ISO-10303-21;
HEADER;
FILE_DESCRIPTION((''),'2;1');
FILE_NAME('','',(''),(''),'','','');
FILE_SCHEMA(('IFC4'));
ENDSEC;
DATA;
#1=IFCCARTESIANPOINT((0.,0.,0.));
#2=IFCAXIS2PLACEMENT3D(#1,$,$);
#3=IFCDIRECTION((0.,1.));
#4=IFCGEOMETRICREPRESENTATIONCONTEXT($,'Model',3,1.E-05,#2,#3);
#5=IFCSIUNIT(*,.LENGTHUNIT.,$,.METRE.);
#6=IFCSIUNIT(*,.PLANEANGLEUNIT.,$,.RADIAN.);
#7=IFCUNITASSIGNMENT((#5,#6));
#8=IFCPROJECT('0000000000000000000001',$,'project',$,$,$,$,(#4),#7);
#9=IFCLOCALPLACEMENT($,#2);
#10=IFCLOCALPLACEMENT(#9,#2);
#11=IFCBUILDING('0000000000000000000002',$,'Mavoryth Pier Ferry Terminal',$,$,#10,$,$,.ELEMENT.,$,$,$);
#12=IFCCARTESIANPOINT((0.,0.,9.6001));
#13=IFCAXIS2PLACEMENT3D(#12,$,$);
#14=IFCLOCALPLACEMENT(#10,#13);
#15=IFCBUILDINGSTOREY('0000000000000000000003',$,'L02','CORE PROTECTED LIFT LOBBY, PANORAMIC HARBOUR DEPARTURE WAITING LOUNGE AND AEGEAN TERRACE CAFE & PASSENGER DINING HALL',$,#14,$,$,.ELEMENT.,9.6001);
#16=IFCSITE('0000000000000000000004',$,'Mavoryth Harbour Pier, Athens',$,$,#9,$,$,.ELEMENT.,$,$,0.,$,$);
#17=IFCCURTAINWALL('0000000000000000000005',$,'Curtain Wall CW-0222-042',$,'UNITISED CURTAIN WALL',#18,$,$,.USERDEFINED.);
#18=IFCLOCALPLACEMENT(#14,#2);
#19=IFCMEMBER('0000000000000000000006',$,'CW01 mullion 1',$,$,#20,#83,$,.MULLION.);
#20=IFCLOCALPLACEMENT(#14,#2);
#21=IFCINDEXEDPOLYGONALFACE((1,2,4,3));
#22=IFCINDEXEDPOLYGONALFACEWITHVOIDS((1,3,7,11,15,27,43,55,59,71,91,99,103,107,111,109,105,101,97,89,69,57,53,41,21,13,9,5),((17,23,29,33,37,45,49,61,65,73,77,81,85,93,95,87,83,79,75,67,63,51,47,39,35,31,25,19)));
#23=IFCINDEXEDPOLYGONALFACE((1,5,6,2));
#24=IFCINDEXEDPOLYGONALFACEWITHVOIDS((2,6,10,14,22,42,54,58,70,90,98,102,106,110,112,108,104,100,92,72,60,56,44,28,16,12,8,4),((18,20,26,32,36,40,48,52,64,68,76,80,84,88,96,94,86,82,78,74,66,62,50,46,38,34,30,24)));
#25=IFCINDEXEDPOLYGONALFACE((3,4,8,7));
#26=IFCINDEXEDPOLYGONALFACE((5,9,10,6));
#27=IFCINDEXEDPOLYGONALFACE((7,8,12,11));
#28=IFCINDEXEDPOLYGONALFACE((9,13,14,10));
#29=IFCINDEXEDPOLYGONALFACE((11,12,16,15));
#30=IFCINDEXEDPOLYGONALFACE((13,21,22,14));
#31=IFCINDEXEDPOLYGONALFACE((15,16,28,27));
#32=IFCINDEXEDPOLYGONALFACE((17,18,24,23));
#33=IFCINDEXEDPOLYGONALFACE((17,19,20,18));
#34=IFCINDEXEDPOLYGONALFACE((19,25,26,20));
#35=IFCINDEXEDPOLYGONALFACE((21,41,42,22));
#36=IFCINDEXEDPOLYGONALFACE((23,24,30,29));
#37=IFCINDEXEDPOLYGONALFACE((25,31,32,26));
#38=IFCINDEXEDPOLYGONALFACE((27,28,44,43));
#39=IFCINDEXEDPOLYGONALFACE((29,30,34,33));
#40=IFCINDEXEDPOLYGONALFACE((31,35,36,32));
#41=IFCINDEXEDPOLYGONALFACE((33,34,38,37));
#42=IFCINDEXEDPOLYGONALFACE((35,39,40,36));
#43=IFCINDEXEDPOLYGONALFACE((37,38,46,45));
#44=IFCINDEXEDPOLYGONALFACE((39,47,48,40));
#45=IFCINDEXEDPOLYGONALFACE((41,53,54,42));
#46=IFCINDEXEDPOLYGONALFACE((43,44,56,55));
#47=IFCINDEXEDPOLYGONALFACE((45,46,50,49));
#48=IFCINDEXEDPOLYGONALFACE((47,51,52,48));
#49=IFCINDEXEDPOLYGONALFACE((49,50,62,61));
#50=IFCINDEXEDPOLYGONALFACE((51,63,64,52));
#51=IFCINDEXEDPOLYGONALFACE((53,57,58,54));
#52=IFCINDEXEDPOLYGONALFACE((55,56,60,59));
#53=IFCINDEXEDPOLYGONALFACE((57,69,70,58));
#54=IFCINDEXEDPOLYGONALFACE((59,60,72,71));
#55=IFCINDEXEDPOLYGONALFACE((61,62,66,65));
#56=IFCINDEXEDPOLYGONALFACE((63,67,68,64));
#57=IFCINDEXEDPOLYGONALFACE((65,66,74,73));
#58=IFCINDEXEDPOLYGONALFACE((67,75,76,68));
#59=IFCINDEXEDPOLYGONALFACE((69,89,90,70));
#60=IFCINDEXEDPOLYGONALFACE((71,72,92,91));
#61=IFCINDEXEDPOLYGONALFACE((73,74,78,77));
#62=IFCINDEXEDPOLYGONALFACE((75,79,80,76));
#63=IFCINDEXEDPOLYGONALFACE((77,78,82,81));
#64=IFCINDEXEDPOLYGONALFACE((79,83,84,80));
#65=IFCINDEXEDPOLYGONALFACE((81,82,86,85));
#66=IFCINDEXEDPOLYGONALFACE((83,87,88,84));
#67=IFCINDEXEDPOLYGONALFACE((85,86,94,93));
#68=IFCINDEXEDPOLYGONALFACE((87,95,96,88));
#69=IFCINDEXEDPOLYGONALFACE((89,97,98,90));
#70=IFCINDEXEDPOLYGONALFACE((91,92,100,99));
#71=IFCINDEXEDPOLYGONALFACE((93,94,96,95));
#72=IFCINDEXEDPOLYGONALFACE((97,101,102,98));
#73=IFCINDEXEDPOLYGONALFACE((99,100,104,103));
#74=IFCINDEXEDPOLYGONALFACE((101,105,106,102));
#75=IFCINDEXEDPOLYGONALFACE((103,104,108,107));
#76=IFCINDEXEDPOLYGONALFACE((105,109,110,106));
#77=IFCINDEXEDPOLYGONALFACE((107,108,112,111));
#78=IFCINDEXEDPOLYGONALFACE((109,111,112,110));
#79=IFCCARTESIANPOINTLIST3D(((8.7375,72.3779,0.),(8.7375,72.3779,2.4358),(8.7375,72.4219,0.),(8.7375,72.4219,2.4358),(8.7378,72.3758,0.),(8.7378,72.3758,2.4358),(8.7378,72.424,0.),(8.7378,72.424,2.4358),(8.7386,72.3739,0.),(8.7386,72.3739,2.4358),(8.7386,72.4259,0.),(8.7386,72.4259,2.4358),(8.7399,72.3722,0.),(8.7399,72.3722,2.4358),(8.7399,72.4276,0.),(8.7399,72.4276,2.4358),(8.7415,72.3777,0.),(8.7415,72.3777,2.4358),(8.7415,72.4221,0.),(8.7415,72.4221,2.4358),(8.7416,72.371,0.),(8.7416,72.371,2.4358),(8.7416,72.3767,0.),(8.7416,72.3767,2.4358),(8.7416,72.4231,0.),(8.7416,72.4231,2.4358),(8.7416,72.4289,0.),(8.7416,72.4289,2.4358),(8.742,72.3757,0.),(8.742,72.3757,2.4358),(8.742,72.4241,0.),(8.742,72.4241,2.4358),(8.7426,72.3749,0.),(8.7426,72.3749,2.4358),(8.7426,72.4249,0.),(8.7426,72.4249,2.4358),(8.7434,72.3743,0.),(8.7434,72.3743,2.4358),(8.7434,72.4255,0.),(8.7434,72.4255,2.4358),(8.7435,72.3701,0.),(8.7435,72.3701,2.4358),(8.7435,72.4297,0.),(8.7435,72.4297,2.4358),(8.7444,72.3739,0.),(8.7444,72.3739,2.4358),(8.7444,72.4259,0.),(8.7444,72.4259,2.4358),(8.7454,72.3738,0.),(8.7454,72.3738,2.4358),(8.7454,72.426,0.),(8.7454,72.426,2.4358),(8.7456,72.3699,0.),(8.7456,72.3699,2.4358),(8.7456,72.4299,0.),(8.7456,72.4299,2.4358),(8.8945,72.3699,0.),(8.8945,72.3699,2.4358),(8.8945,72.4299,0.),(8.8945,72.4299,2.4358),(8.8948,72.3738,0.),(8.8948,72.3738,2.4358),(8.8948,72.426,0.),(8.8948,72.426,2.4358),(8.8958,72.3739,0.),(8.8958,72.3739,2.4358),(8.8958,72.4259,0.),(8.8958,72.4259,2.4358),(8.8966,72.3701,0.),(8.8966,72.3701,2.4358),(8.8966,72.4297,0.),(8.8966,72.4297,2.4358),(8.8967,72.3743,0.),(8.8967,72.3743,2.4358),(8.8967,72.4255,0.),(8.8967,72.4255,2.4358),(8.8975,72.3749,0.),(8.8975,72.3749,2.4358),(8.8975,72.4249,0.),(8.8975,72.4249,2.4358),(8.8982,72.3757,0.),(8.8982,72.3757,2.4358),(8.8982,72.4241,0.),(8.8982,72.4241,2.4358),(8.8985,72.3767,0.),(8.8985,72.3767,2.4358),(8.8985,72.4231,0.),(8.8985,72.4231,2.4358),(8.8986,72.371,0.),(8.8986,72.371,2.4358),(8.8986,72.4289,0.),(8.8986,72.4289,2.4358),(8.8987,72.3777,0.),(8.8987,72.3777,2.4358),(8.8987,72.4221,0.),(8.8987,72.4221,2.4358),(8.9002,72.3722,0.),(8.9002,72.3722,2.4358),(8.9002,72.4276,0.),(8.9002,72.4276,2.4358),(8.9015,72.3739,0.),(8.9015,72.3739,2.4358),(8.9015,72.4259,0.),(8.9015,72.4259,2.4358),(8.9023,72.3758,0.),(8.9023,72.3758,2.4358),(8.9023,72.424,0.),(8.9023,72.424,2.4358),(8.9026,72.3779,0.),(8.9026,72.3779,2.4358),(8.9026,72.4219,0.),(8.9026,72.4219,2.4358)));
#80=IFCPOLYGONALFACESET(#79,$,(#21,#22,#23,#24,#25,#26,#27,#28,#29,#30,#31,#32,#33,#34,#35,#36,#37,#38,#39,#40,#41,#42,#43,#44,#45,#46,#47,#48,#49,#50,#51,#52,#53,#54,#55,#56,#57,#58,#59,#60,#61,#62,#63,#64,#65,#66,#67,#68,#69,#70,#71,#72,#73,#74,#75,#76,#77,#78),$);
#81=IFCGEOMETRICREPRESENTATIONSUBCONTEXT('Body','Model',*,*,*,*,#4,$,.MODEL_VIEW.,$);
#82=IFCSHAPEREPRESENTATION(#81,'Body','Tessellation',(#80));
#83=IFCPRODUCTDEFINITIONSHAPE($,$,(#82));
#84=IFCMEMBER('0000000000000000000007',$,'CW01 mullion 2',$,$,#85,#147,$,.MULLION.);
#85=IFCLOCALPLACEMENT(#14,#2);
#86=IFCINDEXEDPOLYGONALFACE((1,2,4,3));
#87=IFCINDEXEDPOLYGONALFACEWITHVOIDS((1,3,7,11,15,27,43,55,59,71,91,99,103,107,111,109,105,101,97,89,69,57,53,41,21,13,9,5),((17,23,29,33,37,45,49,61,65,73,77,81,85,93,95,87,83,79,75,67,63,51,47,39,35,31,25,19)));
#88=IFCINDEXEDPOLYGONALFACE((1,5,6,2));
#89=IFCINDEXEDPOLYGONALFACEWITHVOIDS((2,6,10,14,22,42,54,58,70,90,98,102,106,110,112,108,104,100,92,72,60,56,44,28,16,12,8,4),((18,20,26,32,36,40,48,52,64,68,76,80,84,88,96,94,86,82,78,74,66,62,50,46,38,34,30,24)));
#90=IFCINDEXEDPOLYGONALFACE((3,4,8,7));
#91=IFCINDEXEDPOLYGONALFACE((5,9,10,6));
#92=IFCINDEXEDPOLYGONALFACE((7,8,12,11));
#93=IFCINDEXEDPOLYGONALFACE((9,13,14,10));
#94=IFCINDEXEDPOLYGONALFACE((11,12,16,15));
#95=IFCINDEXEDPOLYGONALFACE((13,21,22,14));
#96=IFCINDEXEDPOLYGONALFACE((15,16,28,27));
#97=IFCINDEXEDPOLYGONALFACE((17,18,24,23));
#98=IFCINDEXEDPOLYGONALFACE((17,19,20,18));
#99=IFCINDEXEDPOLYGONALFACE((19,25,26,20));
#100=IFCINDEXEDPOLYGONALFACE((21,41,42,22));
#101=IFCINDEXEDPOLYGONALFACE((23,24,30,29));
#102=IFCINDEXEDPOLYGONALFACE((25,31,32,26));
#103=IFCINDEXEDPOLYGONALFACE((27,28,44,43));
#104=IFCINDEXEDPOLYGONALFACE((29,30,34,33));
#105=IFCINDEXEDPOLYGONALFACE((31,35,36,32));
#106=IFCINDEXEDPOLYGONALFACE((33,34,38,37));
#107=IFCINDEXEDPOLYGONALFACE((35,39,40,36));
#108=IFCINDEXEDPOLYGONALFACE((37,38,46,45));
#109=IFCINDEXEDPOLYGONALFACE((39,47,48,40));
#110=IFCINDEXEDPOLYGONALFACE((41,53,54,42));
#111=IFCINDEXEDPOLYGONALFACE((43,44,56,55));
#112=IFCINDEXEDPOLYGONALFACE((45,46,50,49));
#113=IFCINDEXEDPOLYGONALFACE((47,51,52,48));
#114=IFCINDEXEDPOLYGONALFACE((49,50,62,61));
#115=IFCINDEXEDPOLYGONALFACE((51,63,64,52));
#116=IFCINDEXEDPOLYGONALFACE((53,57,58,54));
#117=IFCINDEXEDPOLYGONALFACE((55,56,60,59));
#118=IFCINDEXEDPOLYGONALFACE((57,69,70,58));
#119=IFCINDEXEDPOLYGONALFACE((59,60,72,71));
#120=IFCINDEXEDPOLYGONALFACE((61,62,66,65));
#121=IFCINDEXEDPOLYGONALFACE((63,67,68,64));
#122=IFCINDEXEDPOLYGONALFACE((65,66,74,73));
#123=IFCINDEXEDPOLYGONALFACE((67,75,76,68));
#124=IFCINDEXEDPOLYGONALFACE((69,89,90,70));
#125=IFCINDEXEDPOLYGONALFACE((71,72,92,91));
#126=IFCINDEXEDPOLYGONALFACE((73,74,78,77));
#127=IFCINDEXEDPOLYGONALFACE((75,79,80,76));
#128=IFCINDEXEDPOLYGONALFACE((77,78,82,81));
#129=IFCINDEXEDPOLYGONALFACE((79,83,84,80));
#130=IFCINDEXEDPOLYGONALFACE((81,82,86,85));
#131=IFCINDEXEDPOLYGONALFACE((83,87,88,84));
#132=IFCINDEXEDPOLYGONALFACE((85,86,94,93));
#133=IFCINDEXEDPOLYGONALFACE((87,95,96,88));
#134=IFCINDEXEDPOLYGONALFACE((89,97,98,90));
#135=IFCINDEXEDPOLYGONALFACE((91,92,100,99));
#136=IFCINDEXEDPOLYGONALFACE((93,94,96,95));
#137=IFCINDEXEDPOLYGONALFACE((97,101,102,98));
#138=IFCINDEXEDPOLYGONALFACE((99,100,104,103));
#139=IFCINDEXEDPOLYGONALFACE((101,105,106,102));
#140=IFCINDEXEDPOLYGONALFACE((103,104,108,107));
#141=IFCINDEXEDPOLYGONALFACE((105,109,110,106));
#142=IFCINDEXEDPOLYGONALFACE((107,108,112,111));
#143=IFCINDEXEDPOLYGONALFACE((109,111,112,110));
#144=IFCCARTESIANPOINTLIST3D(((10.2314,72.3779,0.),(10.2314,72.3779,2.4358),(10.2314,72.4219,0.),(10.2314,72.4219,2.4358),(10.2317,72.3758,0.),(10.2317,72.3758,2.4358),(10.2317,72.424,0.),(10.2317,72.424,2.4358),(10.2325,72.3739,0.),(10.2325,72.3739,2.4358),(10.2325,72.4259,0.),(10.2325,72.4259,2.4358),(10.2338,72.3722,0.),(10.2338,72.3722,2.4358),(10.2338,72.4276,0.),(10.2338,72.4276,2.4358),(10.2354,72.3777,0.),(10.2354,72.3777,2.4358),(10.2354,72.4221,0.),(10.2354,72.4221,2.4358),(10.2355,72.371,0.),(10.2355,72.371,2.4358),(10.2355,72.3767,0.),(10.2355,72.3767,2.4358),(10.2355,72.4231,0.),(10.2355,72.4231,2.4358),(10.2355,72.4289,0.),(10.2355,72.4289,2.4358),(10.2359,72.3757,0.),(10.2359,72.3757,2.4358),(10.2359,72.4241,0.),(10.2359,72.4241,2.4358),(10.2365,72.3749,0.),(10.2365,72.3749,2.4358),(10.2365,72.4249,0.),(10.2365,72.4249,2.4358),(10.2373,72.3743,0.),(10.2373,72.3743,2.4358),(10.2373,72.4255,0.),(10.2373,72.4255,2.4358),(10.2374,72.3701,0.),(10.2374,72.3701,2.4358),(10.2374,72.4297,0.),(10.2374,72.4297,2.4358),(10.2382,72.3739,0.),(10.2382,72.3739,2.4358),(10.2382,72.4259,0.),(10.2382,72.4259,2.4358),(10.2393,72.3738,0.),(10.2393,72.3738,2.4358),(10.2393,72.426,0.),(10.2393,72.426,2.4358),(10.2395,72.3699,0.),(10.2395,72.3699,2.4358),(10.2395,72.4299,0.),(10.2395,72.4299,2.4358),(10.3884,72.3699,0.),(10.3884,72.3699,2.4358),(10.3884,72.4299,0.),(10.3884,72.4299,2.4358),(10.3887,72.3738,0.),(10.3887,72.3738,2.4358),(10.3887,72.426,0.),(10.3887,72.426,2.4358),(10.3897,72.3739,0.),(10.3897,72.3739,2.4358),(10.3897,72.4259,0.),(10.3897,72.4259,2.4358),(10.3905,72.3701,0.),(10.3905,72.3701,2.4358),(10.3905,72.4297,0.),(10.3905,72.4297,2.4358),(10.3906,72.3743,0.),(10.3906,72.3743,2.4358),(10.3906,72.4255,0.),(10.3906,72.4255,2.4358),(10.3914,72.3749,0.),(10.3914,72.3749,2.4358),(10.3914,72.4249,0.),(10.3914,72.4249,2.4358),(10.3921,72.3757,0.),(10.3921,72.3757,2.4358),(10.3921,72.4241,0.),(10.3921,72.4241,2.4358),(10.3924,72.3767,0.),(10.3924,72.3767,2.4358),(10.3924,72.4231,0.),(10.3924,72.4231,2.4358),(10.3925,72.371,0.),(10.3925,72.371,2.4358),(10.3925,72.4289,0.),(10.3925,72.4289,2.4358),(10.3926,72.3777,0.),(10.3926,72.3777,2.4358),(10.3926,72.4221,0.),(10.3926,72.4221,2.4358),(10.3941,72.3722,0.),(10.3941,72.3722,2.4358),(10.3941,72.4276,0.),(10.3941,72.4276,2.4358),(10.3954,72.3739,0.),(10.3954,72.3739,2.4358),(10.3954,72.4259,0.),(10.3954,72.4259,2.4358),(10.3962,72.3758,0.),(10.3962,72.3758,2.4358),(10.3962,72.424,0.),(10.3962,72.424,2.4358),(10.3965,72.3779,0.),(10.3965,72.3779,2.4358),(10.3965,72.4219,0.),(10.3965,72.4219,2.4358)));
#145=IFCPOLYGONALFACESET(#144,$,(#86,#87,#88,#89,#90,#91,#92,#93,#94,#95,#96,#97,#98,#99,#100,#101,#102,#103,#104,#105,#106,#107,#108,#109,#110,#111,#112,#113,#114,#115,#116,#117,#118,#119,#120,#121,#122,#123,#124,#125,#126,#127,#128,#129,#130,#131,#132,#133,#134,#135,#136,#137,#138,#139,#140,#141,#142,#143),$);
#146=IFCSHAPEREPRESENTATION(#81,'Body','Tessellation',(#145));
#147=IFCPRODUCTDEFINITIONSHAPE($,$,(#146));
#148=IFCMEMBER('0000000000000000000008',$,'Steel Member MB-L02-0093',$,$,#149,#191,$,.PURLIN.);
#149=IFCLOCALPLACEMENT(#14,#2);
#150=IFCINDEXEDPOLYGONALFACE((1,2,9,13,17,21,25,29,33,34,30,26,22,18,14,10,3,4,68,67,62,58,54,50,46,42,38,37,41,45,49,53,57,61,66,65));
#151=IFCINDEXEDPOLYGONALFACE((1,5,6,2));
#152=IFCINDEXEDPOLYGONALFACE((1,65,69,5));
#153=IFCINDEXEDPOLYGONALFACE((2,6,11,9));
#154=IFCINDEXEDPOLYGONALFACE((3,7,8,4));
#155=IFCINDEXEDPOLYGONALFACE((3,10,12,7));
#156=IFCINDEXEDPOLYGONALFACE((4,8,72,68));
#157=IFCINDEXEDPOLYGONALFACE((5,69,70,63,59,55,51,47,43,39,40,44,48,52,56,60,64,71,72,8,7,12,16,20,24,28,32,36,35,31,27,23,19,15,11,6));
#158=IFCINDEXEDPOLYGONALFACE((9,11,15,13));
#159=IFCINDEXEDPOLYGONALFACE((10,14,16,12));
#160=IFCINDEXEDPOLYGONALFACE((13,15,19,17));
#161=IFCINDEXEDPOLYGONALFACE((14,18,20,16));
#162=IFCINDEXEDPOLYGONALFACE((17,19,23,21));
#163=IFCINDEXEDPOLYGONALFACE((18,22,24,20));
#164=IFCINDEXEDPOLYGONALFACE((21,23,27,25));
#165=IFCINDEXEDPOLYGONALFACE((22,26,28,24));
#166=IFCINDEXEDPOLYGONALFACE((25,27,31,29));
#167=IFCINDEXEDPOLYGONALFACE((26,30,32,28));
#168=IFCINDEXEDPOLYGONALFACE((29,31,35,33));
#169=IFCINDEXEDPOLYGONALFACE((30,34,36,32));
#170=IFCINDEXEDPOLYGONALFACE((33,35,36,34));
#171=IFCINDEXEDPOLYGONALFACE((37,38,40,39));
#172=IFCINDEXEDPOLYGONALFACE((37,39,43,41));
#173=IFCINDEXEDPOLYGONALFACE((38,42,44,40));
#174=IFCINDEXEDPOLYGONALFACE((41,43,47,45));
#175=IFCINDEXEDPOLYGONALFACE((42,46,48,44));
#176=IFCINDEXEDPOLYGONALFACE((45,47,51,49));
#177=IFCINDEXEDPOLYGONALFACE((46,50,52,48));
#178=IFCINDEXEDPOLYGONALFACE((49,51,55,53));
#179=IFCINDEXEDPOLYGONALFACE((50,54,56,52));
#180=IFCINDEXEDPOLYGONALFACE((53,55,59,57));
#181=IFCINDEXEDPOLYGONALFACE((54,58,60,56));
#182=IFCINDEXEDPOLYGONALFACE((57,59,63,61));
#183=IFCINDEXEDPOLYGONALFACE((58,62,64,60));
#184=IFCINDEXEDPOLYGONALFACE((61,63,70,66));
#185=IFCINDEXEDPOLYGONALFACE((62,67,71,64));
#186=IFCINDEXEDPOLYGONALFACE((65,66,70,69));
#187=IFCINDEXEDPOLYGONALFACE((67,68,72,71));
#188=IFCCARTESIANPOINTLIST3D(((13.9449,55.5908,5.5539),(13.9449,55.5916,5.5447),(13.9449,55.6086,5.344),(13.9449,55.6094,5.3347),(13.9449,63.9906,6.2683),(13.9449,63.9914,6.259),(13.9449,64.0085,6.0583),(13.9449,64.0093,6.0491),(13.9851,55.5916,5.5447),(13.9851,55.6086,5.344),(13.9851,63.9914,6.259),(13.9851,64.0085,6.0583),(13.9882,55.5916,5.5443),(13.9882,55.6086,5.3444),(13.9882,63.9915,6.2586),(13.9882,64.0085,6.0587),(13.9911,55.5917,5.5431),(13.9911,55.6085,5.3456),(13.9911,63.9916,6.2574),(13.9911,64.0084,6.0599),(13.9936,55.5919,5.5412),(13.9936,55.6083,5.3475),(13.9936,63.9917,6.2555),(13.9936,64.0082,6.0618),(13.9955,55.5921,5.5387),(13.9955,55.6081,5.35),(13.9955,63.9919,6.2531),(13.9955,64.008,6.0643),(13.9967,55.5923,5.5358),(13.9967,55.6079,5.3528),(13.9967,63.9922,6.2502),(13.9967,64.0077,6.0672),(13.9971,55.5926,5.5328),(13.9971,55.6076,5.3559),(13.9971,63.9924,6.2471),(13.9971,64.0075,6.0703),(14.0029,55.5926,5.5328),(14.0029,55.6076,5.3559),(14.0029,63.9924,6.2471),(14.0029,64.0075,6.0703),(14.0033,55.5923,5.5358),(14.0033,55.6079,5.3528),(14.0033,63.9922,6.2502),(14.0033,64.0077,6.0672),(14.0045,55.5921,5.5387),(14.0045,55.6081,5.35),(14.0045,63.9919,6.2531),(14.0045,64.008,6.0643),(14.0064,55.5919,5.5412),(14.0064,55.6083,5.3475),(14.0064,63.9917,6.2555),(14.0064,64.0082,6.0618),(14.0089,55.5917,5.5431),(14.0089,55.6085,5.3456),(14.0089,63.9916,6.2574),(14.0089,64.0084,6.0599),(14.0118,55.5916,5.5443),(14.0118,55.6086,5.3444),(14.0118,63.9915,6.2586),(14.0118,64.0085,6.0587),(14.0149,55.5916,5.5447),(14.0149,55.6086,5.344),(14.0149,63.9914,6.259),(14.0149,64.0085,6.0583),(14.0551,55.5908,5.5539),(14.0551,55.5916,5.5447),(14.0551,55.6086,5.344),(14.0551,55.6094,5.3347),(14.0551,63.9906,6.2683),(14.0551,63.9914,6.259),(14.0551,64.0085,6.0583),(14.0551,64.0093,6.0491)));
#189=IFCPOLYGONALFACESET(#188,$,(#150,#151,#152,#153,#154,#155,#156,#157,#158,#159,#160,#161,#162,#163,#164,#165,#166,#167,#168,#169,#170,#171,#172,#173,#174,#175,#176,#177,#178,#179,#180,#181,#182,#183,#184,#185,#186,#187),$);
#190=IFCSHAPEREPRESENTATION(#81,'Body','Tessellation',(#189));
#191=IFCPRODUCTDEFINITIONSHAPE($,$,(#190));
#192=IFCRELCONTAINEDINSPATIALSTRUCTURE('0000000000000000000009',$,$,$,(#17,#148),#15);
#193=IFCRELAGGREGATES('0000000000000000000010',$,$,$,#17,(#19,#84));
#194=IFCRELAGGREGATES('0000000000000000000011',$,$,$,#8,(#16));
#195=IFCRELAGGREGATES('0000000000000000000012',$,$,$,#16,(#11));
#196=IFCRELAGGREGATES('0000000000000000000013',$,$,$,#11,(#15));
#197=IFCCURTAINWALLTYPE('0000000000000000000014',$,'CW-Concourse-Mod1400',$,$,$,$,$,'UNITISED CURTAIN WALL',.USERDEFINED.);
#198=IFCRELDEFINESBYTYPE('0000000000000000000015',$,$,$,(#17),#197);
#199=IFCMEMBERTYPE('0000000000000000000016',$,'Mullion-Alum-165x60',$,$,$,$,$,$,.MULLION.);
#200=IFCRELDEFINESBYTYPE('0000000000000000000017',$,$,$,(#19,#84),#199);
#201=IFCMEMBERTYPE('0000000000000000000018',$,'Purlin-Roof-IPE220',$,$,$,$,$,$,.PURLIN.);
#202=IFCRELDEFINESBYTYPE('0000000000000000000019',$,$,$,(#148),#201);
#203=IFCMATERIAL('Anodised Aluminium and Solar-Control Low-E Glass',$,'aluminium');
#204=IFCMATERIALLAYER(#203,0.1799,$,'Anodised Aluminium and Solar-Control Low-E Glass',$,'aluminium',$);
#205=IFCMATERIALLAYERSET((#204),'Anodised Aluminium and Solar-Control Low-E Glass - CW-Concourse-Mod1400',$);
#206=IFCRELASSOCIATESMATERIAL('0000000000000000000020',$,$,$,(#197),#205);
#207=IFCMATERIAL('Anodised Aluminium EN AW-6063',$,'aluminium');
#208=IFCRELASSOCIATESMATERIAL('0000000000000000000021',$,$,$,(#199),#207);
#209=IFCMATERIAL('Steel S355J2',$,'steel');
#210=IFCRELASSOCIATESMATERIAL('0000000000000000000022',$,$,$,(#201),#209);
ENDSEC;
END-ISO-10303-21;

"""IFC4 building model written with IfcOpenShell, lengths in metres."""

from ifc_helpers import new_model, si_unit, direction, frame, origin, origin_2d, place, context, subcontext, project, spatial, hollow_rectangle, i_section, extrude, material, layer, layer_set, material_profile, profile_set, type_object, element, aggregate, save


model = new_model("IFC4")

# Units and contexts
model_context = context("Model", 3, precision=1e-05, world=origin(), true_north=direction((0.0, 1.0)))
body_context = subcontext(model_context, "Body", "Model", "MODEL_VIEW")
ifc_project = project(units=[si_unit("LENGTHUNIT", "METRE"), si_unit("PLANEANGLEUNIT", "RADIAN")], contexts=[model_context])

# Site, building, storey
site_placement = place(None, origin())
site = spatial("IfcSite", under=ifc_project, at=site_placement, Name="Mavoryth Harbour Pier, Athens", CompositionType="ELEMENT", RefElevation=0.0)
building_placement = place(site_placement, origin())
building = spatial("IfcBuilding", under=site, at=building_placement, Name="Mavoryth Pier Ferry Terminal", CompositionType="ELEMENT")
storey_placement = place(building_placement, frame((0.0, 0.0, 9.6001)))
storey = spatial("IfcBuildingStorey", under=building, at=storey_placement, Name="L02", Description="CORE PROTECTED LIFT LOBBY, PANORAMIC HARBOUR DEPARTURE WAITING LOUNGE AND AEGEAN TERRACE CAFE & PASSENGER DINING HALL", CompositionType="ELEMENT", Elevation=9.6001)

# Shared definitions
ifc_material_1 = material(Name="Steel S355J2", Category="steel")

# Curtain wall, members
ifc_material_2 = material(Name="Anodised Aluminium and Solar-Control Low-E Glass", Category="aluminium")
ifc_layer_1 = layer(ifc_material_2, 0.1799, Name="Anodised Aluminium and Solar-Control Low-E Glass", Category="aluminium")
ifc_layer_set_1 = layer_set([ifc_layer_1], Name="Anodised Aluminium and Solar-Control Low-E Glass - CW-Concourse-Mod1400")
curtain_wall_type = type_object("IfcCurtainWallType", Name="CW-Concourse-Mod1400", ElementType="UNITISED CURTAIN WALL", PredefinedType="USERDEFINED", material=ifc_layer_set_1)
ifc_material_3 = material(Name="Anodised Aluminium EN AW-6063", Category="aluminium")
ifc_material_profile_1 = material_profile(ifc_material_3, hollow_rectangle(XDim=0.0601, YDim=0.165, WallThickness=0.0039, InnerFilletRadius=0.0039, OuterFilletRadius=0.0081, at=origin_2d()), Name="AL-MULL 165x60x4", Category="aluminium")
ifc_profile_set_1 = profile_set([ifc_material_profile_1], Name="Anodised Aluminium EN AW-6063 - AL-MULL 165x60x4")
member_type_1 = type_object("IfcMemberType", Name="Mullion-Alum-165x60", PredefinedType="MULLION", material=ifc_profile_set_1)
curtain_wall_1_placement = place(storey_placement, origin())
curtain_wall_1 = element("IfcCurtainWall", 1, at=curtain_wall_1_placement, inside=storey, type_object=curtain_wall_type, Name="Curtain Wall CW-0222-042", ObjectType="UNITISED CURTAIN WALL", PredefinedType="USERDEFINED")
member_1_placement = place(storey_placement, frame((8.8201, 72.3999, 0.0), z_axis=(0.0, 0.0, 1.0), x_axis=(0.0, 1.0, 0.0)))
member_1 = element("IfcMember", 2, at=member_1_placement, type_object=member_type_1, Name="CW01 mullion 1", PredefinedType="MULLION", context=body_context, shape_type="SweptSolid", body=[
    extrude(hollow_rectangle(XDim=0.0601, YDim=0.165, WallThickness=0.0039, InnerFilletRadius=0.0039, OuterFilletRadius=0.0081, at=origin_2d()), origin(), (0.0, 0.0, 1.0), 2.4358),
])
member_2_placement = place(storey_placement, frame((10.314, 72.3999, 0.0), z_axis=(0.0, 0.0, 1.0), x_axis=(0.0, 1.0, 0.0)))
member_2 = element("IfcMember", 3, at=member_2_placement, type_object=member_type_1, Name="CW01 mullion 2", PredefinedType="MULLION", context=body_context, shape_type="SweptSolid", body=[
    extrude(hollow_rectangle(XDim=0.0601, YDim=0.165, WallThickness=0.0039, InnerFilletRadius=0.0039, OuterFilletRadius=0.0081, at=origin_2d()), origin(), (0.0, 0.0, 1.0), 2.4358),
])

# Member
ifc_material_profile_2 = material_profile(ifc_material_1, i_section(OverallWidth=0.1101, OverallDepth=0.22, WebThickness=0.0059, FlangeThickness=0.0093, FilletRadius=0.012, at=origin_2d()), Name="IPE 220", Category="steel")
ifc_profile_set_2 = profile_set([ifc_material_profile_2], Name="Steel S355J2 - IPE 220")
member_type_2 = type_object("IfcMemberType", Name="Purlin-Roof-IPE220", PredefinedType="PURLIN", material=ifc_profile_set_2)
for number, where, z_axis, x_axis, name in (
    (4, (14.0, 55.6001, 5.4443), (0.0, 0.996403, 0.084737), (-1.0, 0.0, 0.0), "Steel Member MB-L02-0093"),
):
    element("IfcMember", number, at=place(storey_placement, frame(where, z_axis=z_axis, x_axis=x_axis)), inside=storey, type_object=member_type_2, Name=name, PredefinedType="PURLIN", context=body_context, shape_type="SweptSolid", body=[
        extrude(i_section(OverallWidth=0.1101, OverallDepth=0.22, WebThickness=0.0059, FlangeThickness=0.0093, FilletRadius=0.012, at=origin_2d()), origin(), (0.0, 0.0, 1.0), 8.4302),
    ])

aggregate(curtain_wall_1, [member_1, member_2])

save(model, "model.ifc")
